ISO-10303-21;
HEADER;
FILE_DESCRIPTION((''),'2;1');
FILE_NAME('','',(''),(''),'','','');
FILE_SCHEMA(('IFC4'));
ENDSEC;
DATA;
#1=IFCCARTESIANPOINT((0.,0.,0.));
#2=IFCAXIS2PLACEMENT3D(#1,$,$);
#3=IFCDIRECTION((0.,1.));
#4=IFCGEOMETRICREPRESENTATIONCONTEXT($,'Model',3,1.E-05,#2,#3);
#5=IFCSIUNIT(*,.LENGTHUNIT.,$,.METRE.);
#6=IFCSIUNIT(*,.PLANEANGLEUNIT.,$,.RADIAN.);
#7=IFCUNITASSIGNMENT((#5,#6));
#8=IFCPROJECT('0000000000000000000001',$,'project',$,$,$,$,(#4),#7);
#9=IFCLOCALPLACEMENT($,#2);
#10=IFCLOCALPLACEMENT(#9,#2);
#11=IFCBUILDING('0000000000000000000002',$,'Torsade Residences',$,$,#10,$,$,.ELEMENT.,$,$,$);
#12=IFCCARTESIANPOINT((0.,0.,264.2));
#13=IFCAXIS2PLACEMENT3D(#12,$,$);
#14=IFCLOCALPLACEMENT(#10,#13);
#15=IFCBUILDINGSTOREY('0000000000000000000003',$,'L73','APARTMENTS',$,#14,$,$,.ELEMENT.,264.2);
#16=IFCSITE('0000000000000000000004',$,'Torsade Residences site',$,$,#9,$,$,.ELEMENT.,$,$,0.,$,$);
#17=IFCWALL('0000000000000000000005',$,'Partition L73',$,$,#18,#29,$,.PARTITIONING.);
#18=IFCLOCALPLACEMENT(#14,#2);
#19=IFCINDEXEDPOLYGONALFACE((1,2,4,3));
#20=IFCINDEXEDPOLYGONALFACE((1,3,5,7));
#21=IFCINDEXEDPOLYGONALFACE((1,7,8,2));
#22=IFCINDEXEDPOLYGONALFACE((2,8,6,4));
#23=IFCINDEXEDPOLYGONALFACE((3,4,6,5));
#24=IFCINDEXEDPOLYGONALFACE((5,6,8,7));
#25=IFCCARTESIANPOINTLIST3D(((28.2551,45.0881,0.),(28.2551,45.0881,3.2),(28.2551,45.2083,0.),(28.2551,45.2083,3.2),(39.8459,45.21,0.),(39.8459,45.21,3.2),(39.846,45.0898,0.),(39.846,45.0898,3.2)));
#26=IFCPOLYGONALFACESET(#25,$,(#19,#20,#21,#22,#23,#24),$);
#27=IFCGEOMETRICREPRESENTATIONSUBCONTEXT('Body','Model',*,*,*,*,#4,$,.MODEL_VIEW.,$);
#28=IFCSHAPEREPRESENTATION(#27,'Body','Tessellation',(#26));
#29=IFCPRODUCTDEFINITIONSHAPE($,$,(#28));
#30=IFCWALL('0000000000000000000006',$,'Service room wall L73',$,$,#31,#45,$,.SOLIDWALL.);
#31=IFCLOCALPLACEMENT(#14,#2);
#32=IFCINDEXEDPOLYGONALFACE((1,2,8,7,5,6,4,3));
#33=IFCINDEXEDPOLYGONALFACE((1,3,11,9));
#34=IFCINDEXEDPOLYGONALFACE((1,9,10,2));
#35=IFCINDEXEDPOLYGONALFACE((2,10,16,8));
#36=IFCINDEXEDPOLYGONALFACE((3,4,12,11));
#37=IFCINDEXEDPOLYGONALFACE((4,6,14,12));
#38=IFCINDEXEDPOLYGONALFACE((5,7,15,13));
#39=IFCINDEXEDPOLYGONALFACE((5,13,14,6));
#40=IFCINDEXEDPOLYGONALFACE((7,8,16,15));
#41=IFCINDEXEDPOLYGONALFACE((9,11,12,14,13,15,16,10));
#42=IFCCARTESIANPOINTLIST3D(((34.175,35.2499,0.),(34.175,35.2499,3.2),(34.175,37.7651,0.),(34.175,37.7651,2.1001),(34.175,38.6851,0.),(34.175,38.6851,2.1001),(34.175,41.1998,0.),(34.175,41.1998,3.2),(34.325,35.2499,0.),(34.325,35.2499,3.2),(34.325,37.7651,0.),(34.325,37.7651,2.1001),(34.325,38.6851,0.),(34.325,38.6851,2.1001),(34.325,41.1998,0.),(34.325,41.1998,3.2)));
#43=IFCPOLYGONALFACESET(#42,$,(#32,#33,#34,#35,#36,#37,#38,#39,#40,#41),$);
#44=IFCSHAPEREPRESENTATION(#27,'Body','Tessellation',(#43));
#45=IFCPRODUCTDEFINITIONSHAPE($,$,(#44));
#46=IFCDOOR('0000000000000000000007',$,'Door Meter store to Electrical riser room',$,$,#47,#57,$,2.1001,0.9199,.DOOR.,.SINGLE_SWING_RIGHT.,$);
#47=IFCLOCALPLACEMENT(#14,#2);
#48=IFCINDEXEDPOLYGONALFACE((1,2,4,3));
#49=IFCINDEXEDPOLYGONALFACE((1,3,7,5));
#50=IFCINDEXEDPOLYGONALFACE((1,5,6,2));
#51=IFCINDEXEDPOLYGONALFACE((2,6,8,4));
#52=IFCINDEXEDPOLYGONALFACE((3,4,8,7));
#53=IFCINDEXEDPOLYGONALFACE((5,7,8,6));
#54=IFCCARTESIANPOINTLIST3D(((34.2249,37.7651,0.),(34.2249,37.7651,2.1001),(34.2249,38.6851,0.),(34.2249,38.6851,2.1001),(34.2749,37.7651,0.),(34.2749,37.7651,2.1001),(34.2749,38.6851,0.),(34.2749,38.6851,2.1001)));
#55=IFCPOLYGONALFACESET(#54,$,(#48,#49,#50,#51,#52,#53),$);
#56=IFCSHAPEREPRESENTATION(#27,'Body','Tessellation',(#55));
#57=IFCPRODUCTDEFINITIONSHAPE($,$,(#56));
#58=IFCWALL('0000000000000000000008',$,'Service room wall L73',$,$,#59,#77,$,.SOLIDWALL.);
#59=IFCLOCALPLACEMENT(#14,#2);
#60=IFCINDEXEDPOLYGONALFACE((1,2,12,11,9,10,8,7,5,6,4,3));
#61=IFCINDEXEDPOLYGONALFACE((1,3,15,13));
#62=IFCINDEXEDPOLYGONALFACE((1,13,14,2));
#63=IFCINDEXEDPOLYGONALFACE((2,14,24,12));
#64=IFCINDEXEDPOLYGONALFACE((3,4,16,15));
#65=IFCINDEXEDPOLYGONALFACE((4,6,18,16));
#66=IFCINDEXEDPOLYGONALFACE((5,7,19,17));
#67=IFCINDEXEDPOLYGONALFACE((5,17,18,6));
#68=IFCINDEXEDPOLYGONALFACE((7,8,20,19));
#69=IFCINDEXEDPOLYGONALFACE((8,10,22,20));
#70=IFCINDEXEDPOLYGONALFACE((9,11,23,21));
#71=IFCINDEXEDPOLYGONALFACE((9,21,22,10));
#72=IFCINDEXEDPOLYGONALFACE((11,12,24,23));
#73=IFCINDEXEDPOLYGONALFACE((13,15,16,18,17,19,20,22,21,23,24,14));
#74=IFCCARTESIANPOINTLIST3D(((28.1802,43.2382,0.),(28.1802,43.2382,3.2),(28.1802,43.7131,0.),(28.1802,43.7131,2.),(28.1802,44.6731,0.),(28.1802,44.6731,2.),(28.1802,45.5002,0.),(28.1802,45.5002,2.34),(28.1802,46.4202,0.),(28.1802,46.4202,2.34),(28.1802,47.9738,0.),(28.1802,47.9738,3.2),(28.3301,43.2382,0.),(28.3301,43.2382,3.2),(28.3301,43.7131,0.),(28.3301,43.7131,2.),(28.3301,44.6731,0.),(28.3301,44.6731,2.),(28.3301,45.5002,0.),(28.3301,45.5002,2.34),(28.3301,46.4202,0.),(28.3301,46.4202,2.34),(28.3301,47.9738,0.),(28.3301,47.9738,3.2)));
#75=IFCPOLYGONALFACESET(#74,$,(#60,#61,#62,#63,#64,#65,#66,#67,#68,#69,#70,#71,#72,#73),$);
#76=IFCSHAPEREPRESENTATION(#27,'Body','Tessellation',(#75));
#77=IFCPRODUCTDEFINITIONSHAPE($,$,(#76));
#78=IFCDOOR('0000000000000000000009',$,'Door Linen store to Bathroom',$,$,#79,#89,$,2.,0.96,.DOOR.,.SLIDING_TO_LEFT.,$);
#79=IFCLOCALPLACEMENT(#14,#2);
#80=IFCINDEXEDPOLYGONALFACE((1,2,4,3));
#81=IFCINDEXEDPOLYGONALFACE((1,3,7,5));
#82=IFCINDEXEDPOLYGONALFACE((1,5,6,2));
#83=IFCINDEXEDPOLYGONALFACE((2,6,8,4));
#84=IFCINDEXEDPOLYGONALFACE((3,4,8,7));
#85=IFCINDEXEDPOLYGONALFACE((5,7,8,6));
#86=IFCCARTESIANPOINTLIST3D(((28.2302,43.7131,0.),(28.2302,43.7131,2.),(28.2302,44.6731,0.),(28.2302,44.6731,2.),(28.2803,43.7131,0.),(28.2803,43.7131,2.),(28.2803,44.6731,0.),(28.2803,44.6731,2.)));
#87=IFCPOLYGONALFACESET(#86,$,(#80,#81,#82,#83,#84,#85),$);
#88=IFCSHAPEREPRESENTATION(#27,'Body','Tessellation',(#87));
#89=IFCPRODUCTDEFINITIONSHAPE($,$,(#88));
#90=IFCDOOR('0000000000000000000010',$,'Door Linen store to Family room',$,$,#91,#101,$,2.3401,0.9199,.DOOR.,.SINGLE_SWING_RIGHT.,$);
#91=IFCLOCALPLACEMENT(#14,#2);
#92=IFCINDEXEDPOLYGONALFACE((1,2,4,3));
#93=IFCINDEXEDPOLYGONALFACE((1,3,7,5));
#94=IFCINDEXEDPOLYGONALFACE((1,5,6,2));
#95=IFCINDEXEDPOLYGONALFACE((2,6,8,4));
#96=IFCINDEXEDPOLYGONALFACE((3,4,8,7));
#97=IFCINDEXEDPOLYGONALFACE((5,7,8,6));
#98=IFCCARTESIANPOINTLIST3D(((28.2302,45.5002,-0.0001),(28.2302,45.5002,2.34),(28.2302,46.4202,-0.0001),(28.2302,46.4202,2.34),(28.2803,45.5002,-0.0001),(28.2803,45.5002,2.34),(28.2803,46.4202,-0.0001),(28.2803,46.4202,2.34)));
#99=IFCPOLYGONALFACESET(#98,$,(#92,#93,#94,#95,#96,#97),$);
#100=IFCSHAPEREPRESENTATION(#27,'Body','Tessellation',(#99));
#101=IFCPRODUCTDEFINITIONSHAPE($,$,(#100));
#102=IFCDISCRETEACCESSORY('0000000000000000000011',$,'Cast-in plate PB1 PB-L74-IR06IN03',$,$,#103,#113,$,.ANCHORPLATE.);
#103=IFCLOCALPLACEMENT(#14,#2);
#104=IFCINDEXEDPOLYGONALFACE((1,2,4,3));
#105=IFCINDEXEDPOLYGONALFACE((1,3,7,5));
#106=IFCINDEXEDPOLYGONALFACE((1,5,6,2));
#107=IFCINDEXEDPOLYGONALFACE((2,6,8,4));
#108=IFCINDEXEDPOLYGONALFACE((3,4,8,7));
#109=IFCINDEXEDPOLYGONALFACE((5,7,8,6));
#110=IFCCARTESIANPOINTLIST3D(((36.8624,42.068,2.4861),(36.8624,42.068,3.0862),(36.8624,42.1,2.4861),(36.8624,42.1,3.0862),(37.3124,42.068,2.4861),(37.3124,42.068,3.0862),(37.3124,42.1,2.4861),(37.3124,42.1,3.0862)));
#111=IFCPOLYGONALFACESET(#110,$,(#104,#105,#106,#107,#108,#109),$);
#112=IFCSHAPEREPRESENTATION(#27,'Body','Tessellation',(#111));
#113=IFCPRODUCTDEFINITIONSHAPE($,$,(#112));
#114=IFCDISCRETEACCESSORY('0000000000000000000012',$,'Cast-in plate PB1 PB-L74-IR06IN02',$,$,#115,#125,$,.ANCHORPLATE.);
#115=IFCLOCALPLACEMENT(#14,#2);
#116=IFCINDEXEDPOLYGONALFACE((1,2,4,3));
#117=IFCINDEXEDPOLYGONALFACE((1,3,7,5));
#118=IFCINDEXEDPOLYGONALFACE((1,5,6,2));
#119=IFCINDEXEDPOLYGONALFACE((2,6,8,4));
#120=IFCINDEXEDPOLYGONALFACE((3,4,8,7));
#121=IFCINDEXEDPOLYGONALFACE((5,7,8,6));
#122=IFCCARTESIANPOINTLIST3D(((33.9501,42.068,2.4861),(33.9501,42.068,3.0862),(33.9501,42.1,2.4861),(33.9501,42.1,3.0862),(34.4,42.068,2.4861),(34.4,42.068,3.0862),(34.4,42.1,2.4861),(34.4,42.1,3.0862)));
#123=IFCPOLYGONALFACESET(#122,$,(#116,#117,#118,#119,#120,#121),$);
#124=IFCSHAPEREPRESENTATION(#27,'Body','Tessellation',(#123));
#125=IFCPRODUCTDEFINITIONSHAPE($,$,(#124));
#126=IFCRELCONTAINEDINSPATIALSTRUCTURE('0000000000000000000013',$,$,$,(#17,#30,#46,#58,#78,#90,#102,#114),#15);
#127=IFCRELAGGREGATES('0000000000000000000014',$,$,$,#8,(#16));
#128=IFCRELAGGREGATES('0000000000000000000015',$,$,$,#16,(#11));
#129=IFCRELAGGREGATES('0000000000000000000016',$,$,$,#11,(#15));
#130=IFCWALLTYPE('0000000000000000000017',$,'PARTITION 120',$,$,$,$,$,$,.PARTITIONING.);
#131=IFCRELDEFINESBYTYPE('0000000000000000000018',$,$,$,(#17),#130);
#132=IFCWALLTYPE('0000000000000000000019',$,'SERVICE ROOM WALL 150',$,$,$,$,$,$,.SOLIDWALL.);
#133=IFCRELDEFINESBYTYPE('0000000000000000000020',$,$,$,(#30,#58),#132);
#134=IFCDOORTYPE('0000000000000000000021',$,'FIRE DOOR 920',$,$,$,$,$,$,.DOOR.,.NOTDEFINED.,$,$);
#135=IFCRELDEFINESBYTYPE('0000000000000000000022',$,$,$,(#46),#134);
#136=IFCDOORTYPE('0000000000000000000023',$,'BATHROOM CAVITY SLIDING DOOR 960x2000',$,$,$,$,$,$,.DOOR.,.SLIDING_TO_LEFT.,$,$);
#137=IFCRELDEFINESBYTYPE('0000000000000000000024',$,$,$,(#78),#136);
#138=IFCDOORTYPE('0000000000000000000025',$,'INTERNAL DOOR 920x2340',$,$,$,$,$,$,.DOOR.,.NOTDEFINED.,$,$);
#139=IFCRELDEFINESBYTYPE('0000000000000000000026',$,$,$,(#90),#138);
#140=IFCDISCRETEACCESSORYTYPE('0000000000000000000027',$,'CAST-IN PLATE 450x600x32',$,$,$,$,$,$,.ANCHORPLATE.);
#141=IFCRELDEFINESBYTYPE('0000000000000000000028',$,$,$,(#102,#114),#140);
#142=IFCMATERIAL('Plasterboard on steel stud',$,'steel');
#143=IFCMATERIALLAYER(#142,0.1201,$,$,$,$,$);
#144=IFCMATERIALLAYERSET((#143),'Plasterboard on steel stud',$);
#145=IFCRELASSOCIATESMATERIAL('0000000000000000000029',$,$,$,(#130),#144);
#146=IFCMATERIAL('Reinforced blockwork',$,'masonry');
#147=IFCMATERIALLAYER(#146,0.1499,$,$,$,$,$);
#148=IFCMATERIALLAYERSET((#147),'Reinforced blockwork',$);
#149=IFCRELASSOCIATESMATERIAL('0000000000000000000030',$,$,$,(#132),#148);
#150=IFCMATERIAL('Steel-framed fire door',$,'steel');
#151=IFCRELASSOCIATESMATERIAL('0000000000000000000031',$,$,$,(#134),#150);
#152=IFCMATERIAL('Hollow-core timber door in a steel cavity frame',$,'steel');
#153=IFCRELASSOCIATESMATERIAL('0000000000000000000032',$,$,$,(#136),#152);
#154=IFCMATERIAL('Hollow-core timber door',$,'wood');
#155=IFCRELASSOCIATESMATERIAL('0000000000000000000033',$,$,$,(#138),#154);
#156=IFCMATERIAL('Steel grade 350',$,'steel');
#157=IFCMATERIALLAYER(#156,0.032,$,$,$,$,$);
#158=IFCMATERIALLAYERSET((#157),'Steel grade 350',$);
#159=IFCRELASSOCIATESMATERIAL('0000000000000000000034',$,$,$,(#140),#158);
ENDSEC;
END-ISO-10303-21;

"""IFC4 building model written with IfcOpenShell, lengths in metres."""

from ifc_helpers import new_model, si_unit, direction, frame, frame_2d, origin, origin_2d, place, context, subcontext, project, spatial, rectangle, extrude, material, layer, layer_set, type_object, element, fill, save


model = new_model("IFC4")

# Units and contexts
model_context = context("Model", 3, precision=1e-05, world=origin(), true_north=direction((0.0, 1.0)))
body_context = subcontext(model_context, "Body", "Model", "MODEL_VIEW")
ifc_project = project(units=[si_unit("LENGTHUNIT", "METRE"), si_unit("PLANEANGLEUNIT", "RADIAN")], contexts=[model_context])

# Site, building, storey
site_placement = place(None, origin())
site = spatial("IfcSite", under=ifc_project, at=site_placement, Name="Torsade Residences site", CompositionType="ELEMENT", RefElevation=0.0)
building_placement = place(site_placement, origin())
building = spatial("IfcBuilding", under=site, at=building_placement, Name="Torsade Residences", CompositionType="ELEMENT")
storey_placement = place(building_placement, frame((0.0, 0.0, 264.2)))
storey = spatial("IfcBuildingStorey", under=building, at=storey_placement, Name="L73", Description="APARTMENTS", CompositionType="ELEMENT", Elevation=264.2)

# Wall
ifc_material_1 = material(Name="Plasterboard on steel stud", Category="steel")
ifc_layer_1 = layer(ifc_material_1, 0.1201)
ifc_layer_set_1 = layer_set([ifc_layer_1], Name="Plasterboard on steel stud")
wall_type_1 = type_object("IfcWallType", Name="PARTITION 120", PredefinedType="PARTITIONING", material=ifc_layer_set_1)
wall_1_placement = place(storey_placement, frame((28.2551, 45.1482, 0.0), z_axis=(0.0, 0.0, 1.0), x_axis=(1.0, 0.000147, 0.0)))
element("IfcWall", 1, at=wall_1_placement, inside=storey, type_object=wall_type_1, Name="Partition L73", PredefinedType="PARTITIONING", context=body_context, shape_type="SweptSolid", body=[
    extrude(rectangle(XDim=11.5908, YDim=0.1201, at=frame_2d((5.7954, 0.0))), origin(), (0.0, 0.0, 1.0), 3.2),
])

# Wall, opening, door
ifc_material_2 = material(Name="Reinforced blockwork", Category="masonry")
ifc_layer_2 = layer(ifc_material_2, 0.1499)
ifc_layer_set_2 = layer_set([ifc_layer_2], Name="Reinforced blockwork")
wall_type_2 = type_object("IfcWallType", Name="SERVICE ROOM WALL 150", PredefinedType="SOLIDWALL", material=ifc_layer_set_2)
wall_2_placement = place(storey_placement, frame((34.25, 41.2, 0.0), z_axis=(0.0, 0.0, 1.0), x_axis=(0.0, -1.0, 0.0)))
wall_2 = element("IfcWall", 2, at=wall_2_placement, inside=storey, type_object=wall_type_2, Name="Service room wall L73", PredefinedType="SOLIDWALL", context=body_context, shape_type="SweptSolid", body=[
    extrude(rectangle(XDim=5.95, YDim=0.1499, at=frame_2d((2.9751, 0.0))), origin(), (0.0, 0.0, 1.0), 3.2),
])
opening_1_placement = place(wall_2_placement, frame((2.5149, 0.0, 0.0)))
opening_1 = element("IfcOpeningElement", 3, at=opening_1_placement, cuts=wall_2, PredefinedType="OPENING", context=body_context, shape_type="SweptSolid", body=[
    extrude(rectangle(XDim=0.9199, YDim=2.1001, at=frame_2d((0.46, 1.05))), frame((0.0, 0.085, 0.0), z_axis=(0.0, -1.0, 0.0), x_axis=(1.0, 0.0, 0.0)), (0.0, 0.0, 1.0), 0.1699),
])
ifc_material_3 = material(Name="Steel-framed fire door", Category="steel")
door_type_1 = type_object("IfcDoorType", Name="FIRE DOOR 920", OperationType="NOTDEFINED", PredefinedType="DOOR", material=ifc_material_3)
door_1_placement = place(opening_1_placement, origin())
door_1 = element("IfcDoor", 4, at=door_1_placement, inside=storey, type_object=door_type_1, Name="Door Meter store to Electrical riser room", OperationType="SINGLE_SWING_RIGHT", OverallHeight=2.1001, OverallWidth=0.9199, PredefinedType="DOOR", context=body_context, shape_type="SweptSolid", body=[
    extrude(rectangle(XDim=0.9199, YDim=2.1001, at=frame_2d((0.46, 1.05))), frame((0.0, 0.0249, 0.0), z_axis=(0.0, -1.0, 0.0), x_axis=(1.0, 0.0, 0.0)), (0.0, 0.0, 1.0), 0.05),
])
fill(opening_1, door_1)

# Wall, openings, doors
wall_3_placement = place(storey_placement, frame((28.2551, 43.2383, 0.0), z_axis=(0.0, 0.0, 1.0), x_axis=(0.0, 1.0, 0.0)))
wall_3 = element("IfcWall", 5, at=wall_3_placement, inside=storey, type_object=wall_type_2, Name="Service room wall L73", PredefinedType="SOLIDWALL", context=body_context, shape_type="SweptSolid", body=[
    extrude(rectangle(XDim=4.7356, YDim=0.1499, at=frame_2d((2.3677, 0.0))), origin(), (0.0, 0.0, 1.0), 3.2),
])
opening_2_placement = place(wall_3_placement, frame((2.262, 0.0, 0.0)))
opening_2 = element("IfcOpeningElement", 6, at=opening_2_placement, cuts=wall_3, PredefinedType="OPENING", context=body_context, shape_type="SweptSolid", body=[
    extrude(rectangle(XDim=0.9199, YDim=2.3401, at=frame_2d((0.46, 1.1699))), frame((0.0, 0.085, 0.0), z_axis=(0.0, -1.0, 0.0), x_axis=(1.0, 0.0, 0.0)), (0.0, 0.0, 1.0), 0.1699),
])
opening_3_placement = place(wall_3_placement, frame((0.4749, 0.0, 0.0)))
opening_3 = element("IfcOpeningElement", 7, at=opening_3_placement, cuts=wall_3, PredefinedType="OPENING", context=body_context, shape_type="SweptSolid", body=[
    extrude(rectangle(XDim=0.96, YDim=2.0, at=frame_2d((0.48, 1.0))), frame((0.0, 0.085, 0.0), z_axis=(0.0, -1.0, 0.0), x_axis=(1.0, 0.0, 0.0)), (0.0, 0.0, 1.0), 0.1699),
])
ifc_material_4 = material(Name="Hollow-core timber door in a steel cavity frame", Category="steel")
door_type_2 = type_object("IfcDoorType", Name="BATHROOM CAVITY SLIDING DOOR 960x2000", OperationType="SLIDING_TO_LEFT", PredefinedType="DOOR", material=ifc_material_4)
door_2_placement = place(opening_3_placement, origin())
door_2 = element("IfcDoor", 8, at=door_2_placement, inside=storey, type_object=door_type_2, Name="Door Linen store to Bathroom", OperationType="SLIDING_TO_LEFT", OverallHeight=2.0, OverallWidth=0.96, PredefinedType="DOOR", context=body_context, shape_type="SweptSolid", body=[
    extrude(rectangle(XDim=0.96, YDim=2.0, at=frame_2d((0.48, 1.0))), frame((0.0, 0.0249, 0.0), z_axis=(0.0, -1.0, 0.0), x_axis=(1.0, 0.0, 0.0)), (0.0, 0.0, 1.0), 0.05),
])
fill(opening_3, door_2)
ifc_material_5 = material(Name="Hollow-core timber door", Category="wood")
door_type_3 = type_object("IfcDoorType", Name="INTERNAL DOOR 920x2340", OperationType="NOTDEFINED", PredefinedType="DOOR", material=ifc_material_5)
door_3_placement = place(opening_2_placement, origin())
door_3 = element("IfcDoor", 9, at=door_3_placement, inside=storey, type_object=door_type_3, Name="Door Linen store to Family room", OperationType="SINGLE_SWING_RIGHT", OverallHeight=2.3401, OverallWidth=0.9199, PredefinedType="DOOR", context=body_context, shape_type="SweptSolid", body=[
    extrude(rectangle(XDim=0.9199, YDim=2.3401, at=frame_2d((0.46, 1.1699))), frame((0.0, 0.0249, 0.0), z_axis=(0.0, -1.0, 0.0), x_axis=(1.0, 0.0, 0.0)), (0.0, 0.0, 1.0), 0.05),
])
fill(opening_2, door_3)

# Discrete accessories
ifc_material_6 = material(Name="Steel grade 350", Category="steel")
ifc_layer_3 = layer(ifc_material_6, 0.032)
ifc_layer_set_3 = layer_set([ifc_layer_3], Name="Steel grade 350")
discrete_accessory_type = type_object("IfcDiscreteAccessoryType", Name="CAST-IN PLATE 450x600x32", PredefinedType="ANCHORPLATE", material=ifc_layer_set_3)
for number, where, z_axis, x_axis, name in (
    (10, (37.0874, 42.084, 2.4861), (0.0, 0.0, 1.0), (1.0, 0.0, 0.0), "Cast-in plate PB1 PB-L74-IR06IN03"),
    (11, (34.175, 42.084, 2.4861), (0.0, 0.0, 1.0), (1.0, 0.0, 0.0), "Cast-in plate PB1 PB-L74-IR06IN02"),
):
    element("IfcDiscreteAccessory", number, at=place(storey_placement, frame(where, z_axis=z_axis, x_axis=x_axis)), inside=storey, type_object=discrete_accessory_type, Name=name, PredefinedType="ANCHORPLATE", context=body_context, shape_type="SweptSolid", body=[
        extrude(rectangle(XDim=0.45, YDim=0.032, at=origin_2d()), origin(), (0.0, 0.0, 1.0), 0.6001),
    ])

save(model, "model.ifc")
